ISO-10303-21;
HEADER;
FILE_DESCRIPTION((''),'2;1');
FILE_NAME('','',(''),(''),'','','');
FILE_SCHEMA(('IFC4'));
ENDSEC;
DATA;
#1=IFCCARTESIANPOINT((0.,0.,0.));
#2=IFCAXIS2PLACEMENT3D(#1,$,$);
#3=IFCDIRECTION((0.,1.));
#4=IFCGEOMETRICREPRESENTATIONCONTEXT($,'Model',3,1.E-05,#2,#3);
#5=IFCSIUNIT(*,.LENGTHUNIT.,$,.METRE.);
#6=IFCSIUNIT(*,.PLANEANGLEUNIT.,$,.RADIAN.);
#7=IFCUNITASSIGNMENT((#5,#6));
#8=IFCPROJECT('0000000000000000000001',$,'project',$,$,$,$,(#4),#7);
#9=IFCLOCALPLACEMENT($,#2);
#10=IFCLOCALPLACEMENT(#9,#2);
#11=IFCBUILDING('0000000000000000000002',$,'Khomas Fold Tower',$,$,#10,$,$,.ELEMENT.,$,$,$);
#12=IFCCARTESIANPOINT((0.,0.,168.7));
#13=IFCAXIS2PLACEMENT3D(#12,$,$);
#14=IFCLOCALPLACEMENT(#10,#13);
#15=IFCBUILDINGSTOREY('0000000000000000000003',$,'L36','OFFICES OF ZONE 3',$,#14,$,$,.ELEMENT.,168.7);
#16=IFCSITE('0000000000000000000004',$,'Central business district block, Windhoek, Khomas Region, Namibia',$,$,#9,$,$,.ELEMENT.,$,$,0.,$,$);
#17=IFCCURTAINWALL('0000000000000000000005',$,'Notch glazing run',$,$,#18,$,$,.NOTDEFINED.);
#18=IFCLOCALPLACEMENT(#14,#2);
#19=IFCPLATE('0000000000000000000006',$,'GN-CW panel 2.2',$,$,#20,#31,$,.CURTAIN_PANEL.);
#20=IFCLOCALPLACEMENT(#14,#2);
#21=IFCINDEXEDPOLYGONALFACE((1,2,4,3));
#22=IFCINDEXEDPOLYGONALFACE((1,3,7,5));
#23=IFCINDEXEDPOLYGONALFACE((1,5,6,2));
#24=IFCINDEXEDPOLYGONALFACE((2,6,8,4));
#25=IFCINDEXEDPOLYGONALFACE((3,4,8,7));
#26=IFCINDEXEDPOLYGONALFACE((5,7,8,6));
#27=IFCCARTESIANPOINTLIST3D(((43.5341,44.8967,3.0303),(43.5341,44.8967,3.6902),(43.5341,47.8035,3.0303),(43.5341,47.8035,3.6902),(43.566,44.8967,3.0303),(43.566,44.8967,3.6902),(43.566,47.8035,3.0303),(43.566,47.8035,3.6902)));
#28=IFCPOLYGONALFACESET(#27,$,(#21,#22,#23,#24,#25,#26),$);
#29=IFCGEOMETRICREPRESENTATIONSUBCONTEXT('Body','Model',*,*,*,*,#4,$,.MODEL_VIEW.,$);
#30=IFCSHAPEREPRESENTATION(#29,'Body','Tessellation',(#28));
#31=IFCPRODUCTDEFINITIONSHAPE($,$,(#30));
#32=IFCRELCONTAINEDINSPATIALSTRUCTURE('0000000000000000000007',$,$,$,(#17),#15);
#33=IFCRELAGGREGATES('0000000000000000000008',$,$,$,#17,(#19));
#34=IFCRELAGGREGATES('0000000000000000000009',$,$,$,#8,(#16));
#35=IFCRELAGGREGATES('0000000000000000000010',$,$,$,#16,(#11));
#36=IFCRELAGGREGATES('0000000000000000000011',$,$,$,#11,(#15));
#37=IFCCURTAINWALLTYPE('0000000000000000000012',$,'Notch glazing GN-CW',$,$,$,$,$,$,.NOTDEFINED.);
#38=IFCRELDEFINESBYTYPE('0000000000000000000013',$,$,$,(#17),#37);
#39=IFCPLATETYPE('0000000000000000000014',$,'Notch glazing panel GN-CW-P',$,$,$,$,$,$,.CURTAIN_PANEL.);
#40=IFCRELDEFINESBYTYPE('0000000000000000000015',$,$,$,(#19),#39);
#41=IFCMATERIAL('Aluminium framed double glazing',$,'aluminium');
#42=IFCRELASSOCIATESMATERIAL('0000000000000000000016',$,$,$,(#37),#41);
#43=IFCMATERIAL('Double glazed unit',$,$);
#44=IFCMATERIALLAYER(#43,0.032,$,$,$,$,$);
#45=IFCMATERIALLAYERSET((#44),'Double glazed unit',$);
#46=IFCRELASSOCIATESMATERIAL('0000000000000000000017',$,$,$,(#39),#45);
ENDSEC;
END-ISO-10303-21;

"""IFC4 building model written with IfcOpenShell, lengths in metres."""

from ifc_helpers import new_model, si_unit, direction, frame, origin, origin_2d, place, context, subcontext, project, spatial, rectangle, extrude, source, transform, mapped, material, layer, layer_set, type_object, element, aggregate, save


model = new_model("IFC4")

# Units and contexts
model_context = context("Model", 3, precision=1e-05, world=origin(), true_north=direction((0.0, 1.0)))
body_context = subcontext(model_context, "Body", "Model", "MODEL_VIEW")
ifc_project = project(units=[si_unit("LENGTHUNIT", "METRE"), si_unit("PLANEANGLEUNIT", "RADIAN")], contexts=[model_context])

# Site, building, storey
site_placement = place(None, origin())
site = spatial("IfcSite", under=ifc_project, at=site_placement, Name="Central business district block, Windhoek, Khomas Region, Namibia", CompositionType="ELEMENT", RefElevation=0.0)
building_placement = place(site_placement, origin())
building = spatial("IfcBuilding", under=site, at=building_placement, Name="Khomas Fold Tower", CompositionType="ELEMENT")
storey_placement = place(building_placement, frame((0.0, 0.0, 168.7)))
storey = spatial("IfcBuildingStorey", under=building, at=storey_placement, Name="L36", Description="OFFICES OF ZONE 3", CompositionType="ELEMENT", Elevation=168.7)

# Curtain wall
ifc_material_1 = material(Name="Aluminium framed double glazing", Category="aluminium")
curtain_wall_type_1 = type_object("IfcCurtainWallType", Name="Notch glazing GN-CW", PredefinedType="NOTDEFINED", material=ifc_material_1)
curtain_wall_1_placement = place(storey_placement, origin())
curtain_wall_1 = element("IfcCurtainWall", 1, at=curtain_wall_1_placement, inside=storey, type_object=curtain_wall_type_1, Name="Notch glazing run", PredefinedType="NOTDEFINED")

# Plate
ifc_material_2 = material(Name="Double glazed unit")
ifc_layer_1 = layer(ifc_material_2, 0.032)
ifc_layer_set_1 = layer_set([ifc_layer_1], Name="Double glazed unit")
plate_type_1 = type_object("IfcPlateType", Name="Notch glazing panel GN-CW-P", PredefinedType="CURTAIN_PANEL", material=ifc_layer_set_1)
shared_shape_1 = source(origin(), body_context, "Body", "SweptSolid", [
    extrude(rectangle(XDim=2.9067, YDim=0.032, at=origin_2d()), origin(), (0.0, 0.0, 1.0), 0.6599),
])
plate_1_placement = place(storey_placement, frame((43.55, 46.3501, 3.0303), z_axis=(0.0, 0.0, 1.0), x_axis=(0.0, -1.0, 0.0)))
plate_1 = element("IfcPlate", 2, at=plate_1_placement, type_object=plate_type_1, Name="GN-CW panel 2.2", PredefinedType="CURTAIN_PANEL", context=body_context, shape_type="MappedRepresentation", body=[
    mapped(shared_shape_1, transform((0.0, 0.0, 0.0))),
])
aggregate(curtain_wall_1, [plate_1])

save(model, "model.ifc")
